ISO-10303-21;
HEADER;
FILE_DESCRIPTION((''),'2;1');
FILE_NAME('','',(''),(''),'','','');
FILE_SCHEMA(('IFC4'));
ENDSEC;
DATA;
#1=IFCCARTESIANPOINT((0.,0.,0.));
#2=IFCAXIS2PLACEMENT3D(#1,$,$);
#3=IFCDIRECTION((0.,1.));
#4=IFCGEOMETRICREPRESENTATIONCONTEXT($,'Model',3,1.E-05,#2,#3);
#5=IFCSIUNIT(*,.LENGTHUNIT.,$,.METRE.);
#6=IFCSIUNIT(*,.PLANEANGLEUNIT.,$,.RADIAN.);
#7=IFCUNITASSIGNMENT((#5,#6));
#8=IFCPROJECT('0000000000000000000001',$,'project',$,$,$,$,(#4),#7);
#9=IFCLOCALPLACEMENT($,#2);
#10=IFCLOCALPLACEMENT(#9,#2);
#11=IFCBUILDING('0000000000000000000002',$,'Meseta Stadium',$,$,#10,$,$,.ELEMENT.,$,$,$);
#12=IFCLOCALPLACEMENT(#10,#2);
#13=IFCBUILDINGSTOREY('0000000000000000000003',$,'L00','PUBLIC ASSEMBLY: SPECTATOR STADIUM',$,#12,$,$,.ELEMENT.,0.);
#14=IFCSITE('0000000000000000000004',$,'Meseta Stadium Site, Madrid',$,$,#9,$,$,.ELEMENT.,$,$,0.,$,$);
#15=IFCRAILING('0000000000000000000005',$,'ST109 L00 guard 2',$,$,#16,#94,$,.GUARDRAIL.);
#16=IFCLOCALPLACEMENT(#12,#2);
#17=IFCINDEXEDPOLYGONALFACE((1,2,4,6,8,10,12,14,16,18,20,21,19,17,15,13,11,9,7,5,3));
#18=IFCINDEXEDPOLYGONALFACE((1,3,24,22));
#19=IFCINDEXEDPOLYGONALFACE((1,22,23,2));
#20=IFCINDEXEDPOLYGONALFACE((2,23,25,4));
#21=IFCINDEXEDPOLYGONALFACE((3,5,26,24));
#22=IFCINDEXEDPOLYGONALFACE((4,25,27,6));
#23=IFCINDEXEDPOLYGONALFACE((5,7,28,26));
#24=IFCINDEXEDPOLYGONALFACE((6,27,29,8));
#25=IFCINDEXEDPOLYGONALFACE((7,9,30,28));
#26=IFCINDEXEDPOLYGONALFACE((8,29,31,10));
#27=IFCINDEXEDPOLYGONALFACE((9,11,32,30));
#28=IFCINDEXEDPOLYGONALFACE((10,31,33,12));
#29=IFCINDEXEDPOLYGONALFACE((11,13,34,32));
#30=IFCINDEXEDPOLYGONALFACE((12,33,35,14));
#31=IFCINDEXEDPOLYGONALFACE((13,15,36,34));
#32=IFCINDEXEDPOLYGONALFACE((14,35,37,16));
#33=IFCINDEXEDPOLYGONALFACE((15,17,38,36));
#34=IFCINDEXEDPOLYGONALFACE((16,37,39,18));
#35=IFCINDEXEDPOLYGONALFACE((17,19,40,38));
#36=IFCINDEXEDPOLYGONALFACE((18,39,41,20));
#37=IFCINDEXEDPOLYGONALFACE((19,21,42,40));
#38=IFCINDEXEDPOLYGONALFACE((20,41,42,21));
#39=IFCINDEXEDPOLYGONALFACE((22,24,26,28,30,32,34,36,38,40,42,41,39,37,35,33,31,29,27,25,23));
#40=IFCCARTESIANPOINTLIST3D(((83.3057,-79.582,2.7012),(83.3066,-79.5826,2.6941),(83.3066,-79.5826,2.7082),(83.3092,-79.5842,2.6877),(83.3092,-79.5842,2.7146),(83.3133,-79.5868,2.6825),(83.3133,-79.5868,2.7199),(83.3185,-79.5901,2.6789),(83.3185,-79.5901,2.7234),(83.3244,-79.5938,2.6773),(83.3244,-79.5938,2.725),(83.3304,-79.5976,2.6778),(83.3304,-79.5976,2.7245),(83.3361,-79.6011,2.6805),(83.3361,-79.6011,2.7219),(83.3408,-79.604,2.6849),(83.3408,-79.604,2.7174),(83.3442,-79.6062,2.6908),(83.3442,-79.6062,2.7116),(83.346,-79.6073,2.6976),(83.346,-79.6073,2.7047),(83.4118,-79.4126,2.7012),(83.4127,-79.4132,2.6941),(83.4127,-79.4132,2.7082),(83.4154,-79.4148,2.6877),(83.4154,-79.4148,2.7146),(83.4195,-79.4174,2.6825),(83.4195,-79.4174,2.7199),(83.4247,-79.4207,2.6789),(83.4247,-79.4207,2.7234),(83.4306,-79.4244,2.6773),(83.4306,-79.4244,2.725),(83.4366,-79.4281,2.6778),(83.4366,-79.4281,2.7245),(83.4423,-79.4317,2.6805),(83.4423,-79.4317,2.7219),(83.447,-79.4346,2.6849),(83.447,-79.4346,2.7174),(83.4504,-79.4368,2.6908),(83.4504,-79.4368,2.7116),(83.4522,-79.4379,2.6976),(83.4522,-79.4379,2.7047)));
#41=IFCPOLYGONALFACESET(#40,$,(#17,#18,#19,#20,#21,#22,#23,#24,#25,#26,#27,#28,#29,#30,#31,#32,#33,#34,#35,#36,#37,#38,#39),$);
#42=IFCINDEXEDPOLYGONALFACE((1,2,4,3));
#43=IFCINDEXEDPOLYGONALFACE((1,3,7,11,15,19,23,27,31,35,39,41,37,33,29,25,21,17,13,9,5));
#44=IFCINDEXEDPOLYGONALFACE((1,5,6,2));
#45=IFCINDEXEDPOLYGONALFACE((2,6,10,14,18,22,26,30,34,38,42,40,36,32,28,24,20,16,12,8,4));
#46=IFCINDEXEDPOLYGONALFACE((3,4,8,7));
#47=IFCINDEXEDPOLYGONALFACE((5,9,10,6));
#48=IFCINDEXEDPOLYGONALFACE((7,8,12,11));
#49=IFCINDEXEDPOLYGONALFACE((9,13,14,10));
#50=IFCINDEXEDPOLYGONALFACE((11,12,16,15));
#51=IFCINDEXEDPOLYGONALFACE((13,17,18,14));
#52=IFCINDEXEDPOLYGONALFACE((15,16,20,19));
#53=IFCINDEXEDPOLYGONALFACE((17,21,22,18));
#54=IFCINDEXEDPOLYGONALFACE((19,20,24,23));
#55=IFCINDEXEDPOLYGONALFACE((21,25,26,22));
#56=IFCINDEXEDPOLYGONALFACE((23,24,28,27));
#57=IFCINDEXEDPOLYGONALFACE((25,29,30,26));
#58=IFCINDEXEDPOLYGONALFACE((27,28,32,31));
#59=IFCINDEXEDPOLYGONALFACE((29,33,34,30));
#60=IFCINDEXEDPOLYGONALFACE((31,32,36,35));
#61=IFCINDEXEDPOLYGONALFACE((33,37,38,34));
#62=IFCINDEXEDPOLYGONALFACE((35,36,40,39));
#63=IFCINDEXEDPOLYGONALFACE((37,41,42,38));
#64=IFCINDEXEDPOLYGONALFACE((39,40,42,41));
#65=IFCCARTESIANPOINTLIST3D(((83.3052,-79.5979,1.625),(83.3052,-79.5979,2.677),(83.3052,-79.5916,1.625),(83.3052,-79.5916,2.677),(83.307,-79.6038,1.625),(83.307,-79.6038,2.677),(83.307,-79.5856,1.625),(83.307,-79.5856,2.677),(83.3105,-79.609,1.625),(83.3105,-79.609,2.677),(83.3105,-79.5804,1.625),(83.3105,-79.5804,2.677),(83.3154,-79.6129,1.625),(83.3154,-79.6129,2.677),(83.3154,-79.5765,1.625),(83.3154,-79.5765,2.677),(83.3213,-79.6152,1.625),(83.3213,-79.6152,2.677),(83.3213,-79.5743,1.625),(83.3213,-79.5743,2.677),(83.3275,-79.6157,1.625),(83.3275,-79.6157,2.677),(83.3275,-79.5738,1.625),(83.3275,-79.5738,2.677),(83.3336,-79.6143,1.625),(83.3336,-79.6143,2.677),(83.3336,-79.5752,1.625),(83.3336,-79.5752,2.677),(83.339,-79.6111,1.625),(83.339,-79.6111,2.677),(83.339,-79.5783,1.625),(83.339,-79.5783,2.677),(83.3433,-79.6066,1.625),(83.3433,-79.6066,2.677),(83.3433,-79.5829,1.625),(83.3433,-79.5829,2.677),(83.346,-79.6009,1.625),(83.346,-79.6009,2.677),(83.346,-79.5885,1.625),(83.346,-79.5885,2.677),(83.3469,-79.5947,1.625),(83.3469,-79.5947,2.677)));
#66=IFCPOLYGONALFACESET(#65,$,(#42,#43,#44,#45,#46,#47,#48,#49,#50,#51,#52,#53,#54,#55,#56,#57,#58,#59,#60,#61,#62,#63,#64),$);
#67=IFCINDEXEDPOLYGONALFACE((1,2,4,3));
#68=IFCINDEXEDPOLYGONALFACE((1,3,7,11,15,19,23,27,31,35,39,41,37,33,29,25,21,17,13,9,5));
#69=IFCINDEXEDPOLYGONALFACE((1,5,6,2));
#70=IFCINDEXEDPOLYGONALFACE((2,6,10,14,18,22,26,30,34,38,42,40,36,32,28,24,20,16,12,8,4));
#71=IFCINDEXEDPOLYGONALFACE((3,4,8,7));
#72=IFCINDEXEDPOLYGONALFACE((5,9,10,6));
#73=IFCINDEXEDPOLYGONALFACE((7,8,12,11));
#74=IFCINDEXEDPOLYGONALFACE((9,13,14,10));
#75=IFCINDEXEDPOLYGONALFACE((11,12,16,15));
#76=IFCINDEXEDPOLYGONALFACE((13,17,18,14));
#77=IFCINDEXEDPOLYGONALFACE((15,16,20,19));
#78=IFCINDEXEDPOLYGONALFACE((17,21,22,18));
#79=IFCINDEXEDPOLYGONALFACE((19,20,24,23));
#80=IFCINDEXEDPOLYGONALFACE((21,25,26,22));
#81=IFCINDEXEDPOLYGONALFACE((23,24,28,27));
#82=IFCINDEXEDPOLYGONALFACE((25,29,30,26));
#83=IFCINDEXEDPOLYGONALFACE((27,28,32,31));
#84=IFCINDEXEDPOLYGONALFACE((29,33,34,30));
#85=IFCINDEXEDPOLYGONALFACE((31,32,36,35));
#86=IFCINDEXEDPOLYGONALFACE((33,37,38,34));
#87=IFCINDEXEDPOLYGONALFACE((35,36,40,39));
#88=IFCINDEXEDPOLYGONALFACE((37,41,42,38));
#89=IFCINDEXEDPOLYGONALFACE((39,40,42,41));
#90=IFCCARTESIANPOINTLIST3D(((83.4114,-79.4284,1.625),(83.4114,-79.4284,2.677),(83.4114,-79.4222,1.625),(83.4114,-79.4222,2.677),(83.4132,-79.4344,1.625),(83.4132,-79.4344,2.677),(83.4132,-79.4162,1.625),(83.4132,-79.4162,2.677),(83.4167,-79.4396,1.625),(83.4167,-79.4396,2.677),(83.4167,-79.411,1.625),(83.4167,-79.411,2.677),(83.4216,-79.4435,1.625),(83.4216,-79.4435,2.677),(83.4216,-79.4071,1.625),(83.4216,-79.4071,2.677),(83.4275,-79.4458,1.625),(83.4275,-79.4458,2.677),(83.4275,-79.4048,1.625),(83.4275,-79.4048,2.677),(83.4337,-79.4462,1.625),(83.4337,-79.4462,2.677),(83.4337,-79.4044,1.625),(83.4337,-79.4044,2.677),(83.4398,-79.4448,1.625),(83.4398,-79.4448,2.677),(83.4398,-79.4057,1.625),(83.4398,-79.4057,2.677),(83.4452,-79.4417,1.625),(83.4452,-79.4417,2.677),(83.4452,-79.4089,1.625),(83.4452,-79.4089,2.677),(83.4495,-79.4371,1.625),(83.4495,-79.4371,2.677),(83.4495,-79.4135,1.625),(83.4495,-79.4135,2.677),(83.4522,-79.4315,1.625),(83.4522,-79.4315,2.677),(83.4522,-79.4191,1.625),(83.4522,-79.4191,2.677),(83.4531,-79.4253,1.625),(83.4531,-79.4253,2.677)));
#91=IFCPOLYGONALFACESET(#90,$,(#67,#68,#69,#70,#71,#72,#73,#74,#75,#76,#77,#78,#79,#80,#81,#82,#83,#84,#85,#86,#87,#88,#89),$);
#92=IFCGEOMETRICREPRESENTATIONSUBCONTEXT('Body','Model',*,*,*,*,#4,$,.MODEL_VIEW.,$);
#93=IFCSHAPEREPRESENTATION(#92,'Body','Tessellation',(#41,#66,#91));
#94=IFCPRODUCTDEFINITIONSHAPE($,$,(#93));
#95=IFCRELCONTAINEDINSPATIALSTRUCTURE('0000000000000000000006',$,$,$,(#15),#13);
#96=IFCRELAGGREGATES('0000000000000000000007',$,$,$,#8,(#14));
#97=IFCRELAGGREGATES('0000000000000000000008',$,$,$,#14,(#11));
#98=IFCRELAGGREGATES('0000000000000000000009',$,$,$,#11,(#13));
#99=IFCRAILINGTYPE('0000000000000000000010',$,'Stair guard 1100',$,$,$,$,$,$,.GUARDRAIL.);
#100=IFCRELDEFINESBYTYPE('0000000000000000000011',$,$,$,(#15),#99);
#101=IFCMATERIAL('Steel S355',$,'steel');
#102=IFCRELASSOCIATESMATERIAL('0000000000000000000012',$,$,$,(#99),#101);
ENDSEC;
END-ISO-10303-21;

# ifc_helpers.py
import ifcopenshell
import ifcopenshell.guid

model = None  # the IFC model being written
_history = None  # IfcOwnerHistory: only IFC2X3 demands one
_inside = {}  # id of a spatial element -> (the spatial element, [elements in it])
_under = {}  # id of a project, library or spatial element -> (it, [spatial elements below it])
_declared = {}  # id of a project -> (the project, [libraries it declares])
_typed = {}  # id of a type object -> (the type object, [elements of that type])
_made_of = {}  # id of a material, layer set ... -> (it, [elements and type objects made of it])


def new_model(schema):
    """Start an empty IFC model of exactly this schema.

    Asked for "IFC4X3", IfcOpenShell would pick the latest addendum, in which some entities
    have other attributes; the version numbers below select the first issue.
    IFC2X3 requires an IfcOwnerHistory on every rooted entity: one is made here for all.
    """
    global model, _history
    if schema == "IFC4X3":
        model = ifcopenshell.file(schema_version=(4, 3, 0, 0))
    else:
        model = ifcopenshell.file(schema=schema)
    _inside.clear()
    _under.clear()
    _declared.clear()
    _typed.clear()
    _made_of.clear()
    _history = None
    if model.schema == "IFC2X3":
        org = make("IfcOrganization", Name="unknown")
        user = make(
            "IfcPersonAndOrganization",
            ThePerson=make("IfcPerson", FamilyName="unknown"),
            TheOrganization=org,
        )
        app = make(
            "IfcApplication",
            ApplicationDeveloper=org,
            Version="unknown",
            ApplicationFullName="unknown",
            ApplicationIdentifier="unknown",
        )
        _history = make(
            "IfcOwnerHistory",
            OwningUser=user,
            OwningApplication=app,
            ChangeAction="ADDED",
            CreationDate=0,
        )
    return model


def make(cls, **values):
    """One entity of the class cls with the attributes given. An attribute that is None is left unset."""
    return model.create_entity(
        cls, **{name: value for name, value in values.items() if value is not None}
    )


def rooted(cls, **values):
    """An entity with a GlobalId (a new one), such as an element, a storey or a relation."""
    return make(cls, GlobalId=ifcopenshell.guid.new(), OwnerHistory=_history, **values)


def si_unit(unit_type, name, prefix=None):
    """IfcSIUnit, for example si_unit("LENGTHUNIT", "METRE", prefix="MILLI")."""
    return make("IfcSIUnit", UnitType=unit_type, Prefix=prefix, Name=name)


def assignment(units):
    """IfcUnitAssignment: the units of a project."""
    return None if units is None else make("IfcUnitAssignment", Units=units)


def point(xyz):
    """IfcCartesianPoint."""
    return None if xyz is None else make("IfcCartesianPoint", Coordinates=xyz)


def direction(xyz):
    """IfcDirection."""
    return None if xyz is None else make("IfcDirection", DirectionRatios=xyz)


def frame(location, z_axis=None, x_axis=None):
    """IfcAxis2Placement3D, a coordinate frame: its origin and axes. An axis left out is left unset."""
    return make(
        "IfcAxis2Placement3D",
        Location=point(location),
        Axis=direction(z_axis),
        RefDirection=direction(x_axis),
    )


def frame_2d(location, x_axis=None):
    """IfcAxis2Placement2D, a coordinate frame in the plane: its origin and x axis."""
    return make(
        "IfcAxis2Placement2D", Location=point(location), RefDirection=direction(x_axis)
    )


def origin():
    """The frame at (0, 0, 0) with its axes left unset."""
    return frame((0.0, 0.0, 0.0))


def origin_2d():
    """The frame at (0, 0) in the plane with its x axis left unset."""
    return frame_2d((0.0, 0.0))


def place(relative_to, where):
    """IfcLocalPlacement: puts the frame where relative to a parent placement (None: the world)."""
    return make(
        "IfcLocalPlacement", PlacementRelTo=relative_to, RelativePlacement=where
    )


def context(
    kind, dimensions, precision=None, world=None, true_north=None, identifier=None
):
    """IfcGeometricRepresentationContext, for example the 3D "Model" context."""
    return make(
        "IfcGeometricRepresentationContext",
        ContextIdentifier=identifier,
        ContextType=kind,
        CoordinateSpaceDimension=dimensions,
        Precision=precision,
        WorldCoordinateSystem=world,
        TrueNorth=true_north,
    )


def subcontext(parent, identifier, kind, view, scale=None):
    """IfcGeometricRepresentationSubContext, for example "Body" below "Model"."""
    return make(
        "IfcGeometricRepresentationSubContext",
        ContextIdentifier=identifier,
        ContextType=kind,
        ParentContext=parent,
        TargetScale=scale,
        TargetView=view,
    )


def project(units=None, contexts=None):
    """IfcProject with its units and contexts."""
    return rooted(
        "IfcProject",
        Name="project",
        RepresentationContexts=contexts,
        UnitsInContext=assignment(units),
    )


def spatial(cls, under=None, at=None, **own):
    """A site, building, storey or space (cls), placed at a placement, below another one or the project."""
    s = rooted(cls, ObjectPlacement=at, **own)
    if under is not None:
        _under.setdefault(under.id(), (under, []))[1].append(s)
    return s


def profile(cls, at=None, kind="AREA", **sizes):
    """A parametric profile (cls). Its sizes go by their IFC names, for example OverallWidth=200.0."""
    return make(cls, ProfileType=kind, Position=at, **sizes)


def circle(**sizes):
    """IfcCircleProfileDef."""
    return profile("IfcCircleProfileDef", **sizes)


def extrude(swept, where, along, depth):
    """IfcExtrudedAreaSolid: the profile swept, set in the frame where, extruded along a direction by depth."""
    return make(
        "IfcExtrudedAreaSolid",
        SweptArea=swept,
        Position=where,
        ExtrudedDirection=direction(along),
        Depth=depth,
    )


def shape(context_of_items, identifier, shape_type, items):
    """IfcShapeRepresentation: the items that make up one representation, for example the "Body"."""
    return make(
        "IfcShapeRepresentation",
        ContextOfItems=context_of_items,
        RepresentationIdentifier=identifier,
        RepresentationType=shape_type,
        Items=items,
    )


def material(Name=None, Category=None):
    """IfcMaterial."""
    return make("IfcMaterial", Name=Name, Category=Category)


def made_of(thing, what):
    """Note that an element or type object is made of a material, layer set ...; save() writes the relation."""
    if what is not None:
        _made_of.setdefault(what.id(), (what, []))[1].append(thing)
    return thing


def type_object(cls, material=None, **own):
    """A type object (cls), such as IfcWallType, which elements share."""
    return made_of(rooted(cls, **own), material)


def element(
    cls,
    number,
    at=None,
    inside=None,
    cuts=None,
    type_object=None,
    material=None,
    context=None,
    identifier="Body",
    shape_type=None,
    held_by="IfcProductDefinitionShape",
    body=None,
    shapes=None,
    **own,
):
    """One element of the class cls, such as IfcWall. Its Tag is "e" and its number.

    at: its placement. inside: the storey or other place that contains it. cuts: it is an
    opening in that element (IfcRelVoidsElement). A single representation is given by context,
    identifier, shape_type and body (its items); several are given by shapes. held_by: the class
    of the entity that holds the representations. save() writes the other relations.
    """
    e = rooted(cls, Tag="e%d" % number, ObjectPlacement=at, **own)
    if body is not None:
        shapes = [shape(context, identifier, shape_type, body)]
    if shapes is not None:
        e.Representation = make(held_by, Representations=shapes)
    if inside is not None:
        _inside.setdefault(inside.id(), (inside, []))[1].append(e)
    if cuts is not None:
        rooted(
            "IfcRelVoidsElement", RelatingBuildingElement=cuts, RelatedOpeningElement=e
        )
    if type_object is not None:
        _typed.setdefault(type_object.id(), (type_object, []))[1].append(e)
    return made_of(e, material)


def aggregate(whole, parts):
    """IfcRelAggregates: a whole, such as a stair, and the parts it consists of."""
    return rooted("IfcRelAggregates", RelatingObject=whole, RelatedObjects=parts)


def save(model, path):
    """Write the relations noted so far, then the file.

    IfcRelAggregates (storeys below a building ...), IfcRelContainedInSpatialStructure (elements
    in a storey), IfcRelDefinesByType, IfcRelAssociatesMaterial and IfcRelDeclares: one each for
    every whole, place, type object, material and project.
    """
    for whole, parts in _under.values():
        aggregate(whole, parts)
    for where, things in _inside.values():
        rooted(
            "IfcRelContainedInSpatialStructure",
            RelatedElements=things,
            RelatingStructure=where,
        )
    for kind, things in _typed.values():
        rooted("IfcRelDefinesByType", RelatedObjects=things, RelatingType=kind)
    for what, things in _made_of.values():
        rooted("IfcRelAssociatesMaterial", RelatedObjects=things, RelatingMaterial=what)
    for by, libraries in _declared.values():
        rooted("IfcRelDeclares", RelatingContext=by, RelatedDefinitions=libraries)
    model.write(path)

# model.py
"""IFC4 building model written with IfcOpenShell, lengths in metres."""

from ifc_helpers import new_model, si_unit, direction, frame, origin, origin_2d, place, context, subcontext, project, spatial, circle, extrude, material, type_object, element, save


model = new_model("IFC4")

# Units and contexts
model_context = context("Model", 3, precision=1e-05, world=origin(), true_north=direction((0.0, 1.0)))
body_context = subcontext(model_context, "Body", "Model", "MODEL_VIEW")
ifc_project = project(units=[si_unit("LENGTHUNIT", "METRE"), si_unit("PLANEANGLEUNIT", "RADIAN")], contexts=[model_context])

# Site, building, storey
site_placement = place(None, origin())
site = spatial("IfcSite", under=ifc_project, at=site_placement, Name="Meseta Stadium Site, Madrid", CompositionType="ELEMENT", RefElevation=0.0)
building_placement = place(site_placement, origin())
building = spatial("IfcBuilding", under=site, at=building_placement, Name="Meseta Stadium", CompositionType="ELEMENT")
storey_placement = place(building_placement, origin())
storey = spatial("IfcBuildingStorey", under=building, at=storey_placement, Name="L00", Description="PUBLIC ASSEMBLY: SPECTATOR STADIUM", CompositionType="ELEMENT", Elevation=0.0)

# Railing
ifc_material_1 = material(Name="Steel S355", Category="steel")
railing_type_1 = type_object("IfcRailingType", Name="Stair guard 1100", PredefinedType="GUARDRAIL", material=ifc_material_1)
railing_1_placement = place(storey_placement, frame((83.3259, -79.5947, 1.625)))
element("IfcRailing", 1, at=railing_1_placement, inside=storey, type_object=railing_type_1, Name="ST109 L00 guard 2", PredefinedType="GUARDRAIL", context=body_context, shape_type="SweptSolid", body=[
    extrude(circle(Radius=0.0239, at=origin_2d()), frame((0.0, 0.0, 1.0762), z_axis=(0.531096, 0.847312, 0.0), x_axis=(-0.847312, 0.531096, 0.0)), (0.0, 0.0, 1.0), 0.2),
    extrude(circle(Radius=0.021, at=origin_2d()), origin(), (0.0, 0.0, 1.0), 1.052),
    extrude(circle(Radius=0.021, at=origin_2d()), frame((0.1062, 0.1694, 0.0)), (0.0, 0.0, 1.0), 1.052),
])

save(model, "model.ifc")
